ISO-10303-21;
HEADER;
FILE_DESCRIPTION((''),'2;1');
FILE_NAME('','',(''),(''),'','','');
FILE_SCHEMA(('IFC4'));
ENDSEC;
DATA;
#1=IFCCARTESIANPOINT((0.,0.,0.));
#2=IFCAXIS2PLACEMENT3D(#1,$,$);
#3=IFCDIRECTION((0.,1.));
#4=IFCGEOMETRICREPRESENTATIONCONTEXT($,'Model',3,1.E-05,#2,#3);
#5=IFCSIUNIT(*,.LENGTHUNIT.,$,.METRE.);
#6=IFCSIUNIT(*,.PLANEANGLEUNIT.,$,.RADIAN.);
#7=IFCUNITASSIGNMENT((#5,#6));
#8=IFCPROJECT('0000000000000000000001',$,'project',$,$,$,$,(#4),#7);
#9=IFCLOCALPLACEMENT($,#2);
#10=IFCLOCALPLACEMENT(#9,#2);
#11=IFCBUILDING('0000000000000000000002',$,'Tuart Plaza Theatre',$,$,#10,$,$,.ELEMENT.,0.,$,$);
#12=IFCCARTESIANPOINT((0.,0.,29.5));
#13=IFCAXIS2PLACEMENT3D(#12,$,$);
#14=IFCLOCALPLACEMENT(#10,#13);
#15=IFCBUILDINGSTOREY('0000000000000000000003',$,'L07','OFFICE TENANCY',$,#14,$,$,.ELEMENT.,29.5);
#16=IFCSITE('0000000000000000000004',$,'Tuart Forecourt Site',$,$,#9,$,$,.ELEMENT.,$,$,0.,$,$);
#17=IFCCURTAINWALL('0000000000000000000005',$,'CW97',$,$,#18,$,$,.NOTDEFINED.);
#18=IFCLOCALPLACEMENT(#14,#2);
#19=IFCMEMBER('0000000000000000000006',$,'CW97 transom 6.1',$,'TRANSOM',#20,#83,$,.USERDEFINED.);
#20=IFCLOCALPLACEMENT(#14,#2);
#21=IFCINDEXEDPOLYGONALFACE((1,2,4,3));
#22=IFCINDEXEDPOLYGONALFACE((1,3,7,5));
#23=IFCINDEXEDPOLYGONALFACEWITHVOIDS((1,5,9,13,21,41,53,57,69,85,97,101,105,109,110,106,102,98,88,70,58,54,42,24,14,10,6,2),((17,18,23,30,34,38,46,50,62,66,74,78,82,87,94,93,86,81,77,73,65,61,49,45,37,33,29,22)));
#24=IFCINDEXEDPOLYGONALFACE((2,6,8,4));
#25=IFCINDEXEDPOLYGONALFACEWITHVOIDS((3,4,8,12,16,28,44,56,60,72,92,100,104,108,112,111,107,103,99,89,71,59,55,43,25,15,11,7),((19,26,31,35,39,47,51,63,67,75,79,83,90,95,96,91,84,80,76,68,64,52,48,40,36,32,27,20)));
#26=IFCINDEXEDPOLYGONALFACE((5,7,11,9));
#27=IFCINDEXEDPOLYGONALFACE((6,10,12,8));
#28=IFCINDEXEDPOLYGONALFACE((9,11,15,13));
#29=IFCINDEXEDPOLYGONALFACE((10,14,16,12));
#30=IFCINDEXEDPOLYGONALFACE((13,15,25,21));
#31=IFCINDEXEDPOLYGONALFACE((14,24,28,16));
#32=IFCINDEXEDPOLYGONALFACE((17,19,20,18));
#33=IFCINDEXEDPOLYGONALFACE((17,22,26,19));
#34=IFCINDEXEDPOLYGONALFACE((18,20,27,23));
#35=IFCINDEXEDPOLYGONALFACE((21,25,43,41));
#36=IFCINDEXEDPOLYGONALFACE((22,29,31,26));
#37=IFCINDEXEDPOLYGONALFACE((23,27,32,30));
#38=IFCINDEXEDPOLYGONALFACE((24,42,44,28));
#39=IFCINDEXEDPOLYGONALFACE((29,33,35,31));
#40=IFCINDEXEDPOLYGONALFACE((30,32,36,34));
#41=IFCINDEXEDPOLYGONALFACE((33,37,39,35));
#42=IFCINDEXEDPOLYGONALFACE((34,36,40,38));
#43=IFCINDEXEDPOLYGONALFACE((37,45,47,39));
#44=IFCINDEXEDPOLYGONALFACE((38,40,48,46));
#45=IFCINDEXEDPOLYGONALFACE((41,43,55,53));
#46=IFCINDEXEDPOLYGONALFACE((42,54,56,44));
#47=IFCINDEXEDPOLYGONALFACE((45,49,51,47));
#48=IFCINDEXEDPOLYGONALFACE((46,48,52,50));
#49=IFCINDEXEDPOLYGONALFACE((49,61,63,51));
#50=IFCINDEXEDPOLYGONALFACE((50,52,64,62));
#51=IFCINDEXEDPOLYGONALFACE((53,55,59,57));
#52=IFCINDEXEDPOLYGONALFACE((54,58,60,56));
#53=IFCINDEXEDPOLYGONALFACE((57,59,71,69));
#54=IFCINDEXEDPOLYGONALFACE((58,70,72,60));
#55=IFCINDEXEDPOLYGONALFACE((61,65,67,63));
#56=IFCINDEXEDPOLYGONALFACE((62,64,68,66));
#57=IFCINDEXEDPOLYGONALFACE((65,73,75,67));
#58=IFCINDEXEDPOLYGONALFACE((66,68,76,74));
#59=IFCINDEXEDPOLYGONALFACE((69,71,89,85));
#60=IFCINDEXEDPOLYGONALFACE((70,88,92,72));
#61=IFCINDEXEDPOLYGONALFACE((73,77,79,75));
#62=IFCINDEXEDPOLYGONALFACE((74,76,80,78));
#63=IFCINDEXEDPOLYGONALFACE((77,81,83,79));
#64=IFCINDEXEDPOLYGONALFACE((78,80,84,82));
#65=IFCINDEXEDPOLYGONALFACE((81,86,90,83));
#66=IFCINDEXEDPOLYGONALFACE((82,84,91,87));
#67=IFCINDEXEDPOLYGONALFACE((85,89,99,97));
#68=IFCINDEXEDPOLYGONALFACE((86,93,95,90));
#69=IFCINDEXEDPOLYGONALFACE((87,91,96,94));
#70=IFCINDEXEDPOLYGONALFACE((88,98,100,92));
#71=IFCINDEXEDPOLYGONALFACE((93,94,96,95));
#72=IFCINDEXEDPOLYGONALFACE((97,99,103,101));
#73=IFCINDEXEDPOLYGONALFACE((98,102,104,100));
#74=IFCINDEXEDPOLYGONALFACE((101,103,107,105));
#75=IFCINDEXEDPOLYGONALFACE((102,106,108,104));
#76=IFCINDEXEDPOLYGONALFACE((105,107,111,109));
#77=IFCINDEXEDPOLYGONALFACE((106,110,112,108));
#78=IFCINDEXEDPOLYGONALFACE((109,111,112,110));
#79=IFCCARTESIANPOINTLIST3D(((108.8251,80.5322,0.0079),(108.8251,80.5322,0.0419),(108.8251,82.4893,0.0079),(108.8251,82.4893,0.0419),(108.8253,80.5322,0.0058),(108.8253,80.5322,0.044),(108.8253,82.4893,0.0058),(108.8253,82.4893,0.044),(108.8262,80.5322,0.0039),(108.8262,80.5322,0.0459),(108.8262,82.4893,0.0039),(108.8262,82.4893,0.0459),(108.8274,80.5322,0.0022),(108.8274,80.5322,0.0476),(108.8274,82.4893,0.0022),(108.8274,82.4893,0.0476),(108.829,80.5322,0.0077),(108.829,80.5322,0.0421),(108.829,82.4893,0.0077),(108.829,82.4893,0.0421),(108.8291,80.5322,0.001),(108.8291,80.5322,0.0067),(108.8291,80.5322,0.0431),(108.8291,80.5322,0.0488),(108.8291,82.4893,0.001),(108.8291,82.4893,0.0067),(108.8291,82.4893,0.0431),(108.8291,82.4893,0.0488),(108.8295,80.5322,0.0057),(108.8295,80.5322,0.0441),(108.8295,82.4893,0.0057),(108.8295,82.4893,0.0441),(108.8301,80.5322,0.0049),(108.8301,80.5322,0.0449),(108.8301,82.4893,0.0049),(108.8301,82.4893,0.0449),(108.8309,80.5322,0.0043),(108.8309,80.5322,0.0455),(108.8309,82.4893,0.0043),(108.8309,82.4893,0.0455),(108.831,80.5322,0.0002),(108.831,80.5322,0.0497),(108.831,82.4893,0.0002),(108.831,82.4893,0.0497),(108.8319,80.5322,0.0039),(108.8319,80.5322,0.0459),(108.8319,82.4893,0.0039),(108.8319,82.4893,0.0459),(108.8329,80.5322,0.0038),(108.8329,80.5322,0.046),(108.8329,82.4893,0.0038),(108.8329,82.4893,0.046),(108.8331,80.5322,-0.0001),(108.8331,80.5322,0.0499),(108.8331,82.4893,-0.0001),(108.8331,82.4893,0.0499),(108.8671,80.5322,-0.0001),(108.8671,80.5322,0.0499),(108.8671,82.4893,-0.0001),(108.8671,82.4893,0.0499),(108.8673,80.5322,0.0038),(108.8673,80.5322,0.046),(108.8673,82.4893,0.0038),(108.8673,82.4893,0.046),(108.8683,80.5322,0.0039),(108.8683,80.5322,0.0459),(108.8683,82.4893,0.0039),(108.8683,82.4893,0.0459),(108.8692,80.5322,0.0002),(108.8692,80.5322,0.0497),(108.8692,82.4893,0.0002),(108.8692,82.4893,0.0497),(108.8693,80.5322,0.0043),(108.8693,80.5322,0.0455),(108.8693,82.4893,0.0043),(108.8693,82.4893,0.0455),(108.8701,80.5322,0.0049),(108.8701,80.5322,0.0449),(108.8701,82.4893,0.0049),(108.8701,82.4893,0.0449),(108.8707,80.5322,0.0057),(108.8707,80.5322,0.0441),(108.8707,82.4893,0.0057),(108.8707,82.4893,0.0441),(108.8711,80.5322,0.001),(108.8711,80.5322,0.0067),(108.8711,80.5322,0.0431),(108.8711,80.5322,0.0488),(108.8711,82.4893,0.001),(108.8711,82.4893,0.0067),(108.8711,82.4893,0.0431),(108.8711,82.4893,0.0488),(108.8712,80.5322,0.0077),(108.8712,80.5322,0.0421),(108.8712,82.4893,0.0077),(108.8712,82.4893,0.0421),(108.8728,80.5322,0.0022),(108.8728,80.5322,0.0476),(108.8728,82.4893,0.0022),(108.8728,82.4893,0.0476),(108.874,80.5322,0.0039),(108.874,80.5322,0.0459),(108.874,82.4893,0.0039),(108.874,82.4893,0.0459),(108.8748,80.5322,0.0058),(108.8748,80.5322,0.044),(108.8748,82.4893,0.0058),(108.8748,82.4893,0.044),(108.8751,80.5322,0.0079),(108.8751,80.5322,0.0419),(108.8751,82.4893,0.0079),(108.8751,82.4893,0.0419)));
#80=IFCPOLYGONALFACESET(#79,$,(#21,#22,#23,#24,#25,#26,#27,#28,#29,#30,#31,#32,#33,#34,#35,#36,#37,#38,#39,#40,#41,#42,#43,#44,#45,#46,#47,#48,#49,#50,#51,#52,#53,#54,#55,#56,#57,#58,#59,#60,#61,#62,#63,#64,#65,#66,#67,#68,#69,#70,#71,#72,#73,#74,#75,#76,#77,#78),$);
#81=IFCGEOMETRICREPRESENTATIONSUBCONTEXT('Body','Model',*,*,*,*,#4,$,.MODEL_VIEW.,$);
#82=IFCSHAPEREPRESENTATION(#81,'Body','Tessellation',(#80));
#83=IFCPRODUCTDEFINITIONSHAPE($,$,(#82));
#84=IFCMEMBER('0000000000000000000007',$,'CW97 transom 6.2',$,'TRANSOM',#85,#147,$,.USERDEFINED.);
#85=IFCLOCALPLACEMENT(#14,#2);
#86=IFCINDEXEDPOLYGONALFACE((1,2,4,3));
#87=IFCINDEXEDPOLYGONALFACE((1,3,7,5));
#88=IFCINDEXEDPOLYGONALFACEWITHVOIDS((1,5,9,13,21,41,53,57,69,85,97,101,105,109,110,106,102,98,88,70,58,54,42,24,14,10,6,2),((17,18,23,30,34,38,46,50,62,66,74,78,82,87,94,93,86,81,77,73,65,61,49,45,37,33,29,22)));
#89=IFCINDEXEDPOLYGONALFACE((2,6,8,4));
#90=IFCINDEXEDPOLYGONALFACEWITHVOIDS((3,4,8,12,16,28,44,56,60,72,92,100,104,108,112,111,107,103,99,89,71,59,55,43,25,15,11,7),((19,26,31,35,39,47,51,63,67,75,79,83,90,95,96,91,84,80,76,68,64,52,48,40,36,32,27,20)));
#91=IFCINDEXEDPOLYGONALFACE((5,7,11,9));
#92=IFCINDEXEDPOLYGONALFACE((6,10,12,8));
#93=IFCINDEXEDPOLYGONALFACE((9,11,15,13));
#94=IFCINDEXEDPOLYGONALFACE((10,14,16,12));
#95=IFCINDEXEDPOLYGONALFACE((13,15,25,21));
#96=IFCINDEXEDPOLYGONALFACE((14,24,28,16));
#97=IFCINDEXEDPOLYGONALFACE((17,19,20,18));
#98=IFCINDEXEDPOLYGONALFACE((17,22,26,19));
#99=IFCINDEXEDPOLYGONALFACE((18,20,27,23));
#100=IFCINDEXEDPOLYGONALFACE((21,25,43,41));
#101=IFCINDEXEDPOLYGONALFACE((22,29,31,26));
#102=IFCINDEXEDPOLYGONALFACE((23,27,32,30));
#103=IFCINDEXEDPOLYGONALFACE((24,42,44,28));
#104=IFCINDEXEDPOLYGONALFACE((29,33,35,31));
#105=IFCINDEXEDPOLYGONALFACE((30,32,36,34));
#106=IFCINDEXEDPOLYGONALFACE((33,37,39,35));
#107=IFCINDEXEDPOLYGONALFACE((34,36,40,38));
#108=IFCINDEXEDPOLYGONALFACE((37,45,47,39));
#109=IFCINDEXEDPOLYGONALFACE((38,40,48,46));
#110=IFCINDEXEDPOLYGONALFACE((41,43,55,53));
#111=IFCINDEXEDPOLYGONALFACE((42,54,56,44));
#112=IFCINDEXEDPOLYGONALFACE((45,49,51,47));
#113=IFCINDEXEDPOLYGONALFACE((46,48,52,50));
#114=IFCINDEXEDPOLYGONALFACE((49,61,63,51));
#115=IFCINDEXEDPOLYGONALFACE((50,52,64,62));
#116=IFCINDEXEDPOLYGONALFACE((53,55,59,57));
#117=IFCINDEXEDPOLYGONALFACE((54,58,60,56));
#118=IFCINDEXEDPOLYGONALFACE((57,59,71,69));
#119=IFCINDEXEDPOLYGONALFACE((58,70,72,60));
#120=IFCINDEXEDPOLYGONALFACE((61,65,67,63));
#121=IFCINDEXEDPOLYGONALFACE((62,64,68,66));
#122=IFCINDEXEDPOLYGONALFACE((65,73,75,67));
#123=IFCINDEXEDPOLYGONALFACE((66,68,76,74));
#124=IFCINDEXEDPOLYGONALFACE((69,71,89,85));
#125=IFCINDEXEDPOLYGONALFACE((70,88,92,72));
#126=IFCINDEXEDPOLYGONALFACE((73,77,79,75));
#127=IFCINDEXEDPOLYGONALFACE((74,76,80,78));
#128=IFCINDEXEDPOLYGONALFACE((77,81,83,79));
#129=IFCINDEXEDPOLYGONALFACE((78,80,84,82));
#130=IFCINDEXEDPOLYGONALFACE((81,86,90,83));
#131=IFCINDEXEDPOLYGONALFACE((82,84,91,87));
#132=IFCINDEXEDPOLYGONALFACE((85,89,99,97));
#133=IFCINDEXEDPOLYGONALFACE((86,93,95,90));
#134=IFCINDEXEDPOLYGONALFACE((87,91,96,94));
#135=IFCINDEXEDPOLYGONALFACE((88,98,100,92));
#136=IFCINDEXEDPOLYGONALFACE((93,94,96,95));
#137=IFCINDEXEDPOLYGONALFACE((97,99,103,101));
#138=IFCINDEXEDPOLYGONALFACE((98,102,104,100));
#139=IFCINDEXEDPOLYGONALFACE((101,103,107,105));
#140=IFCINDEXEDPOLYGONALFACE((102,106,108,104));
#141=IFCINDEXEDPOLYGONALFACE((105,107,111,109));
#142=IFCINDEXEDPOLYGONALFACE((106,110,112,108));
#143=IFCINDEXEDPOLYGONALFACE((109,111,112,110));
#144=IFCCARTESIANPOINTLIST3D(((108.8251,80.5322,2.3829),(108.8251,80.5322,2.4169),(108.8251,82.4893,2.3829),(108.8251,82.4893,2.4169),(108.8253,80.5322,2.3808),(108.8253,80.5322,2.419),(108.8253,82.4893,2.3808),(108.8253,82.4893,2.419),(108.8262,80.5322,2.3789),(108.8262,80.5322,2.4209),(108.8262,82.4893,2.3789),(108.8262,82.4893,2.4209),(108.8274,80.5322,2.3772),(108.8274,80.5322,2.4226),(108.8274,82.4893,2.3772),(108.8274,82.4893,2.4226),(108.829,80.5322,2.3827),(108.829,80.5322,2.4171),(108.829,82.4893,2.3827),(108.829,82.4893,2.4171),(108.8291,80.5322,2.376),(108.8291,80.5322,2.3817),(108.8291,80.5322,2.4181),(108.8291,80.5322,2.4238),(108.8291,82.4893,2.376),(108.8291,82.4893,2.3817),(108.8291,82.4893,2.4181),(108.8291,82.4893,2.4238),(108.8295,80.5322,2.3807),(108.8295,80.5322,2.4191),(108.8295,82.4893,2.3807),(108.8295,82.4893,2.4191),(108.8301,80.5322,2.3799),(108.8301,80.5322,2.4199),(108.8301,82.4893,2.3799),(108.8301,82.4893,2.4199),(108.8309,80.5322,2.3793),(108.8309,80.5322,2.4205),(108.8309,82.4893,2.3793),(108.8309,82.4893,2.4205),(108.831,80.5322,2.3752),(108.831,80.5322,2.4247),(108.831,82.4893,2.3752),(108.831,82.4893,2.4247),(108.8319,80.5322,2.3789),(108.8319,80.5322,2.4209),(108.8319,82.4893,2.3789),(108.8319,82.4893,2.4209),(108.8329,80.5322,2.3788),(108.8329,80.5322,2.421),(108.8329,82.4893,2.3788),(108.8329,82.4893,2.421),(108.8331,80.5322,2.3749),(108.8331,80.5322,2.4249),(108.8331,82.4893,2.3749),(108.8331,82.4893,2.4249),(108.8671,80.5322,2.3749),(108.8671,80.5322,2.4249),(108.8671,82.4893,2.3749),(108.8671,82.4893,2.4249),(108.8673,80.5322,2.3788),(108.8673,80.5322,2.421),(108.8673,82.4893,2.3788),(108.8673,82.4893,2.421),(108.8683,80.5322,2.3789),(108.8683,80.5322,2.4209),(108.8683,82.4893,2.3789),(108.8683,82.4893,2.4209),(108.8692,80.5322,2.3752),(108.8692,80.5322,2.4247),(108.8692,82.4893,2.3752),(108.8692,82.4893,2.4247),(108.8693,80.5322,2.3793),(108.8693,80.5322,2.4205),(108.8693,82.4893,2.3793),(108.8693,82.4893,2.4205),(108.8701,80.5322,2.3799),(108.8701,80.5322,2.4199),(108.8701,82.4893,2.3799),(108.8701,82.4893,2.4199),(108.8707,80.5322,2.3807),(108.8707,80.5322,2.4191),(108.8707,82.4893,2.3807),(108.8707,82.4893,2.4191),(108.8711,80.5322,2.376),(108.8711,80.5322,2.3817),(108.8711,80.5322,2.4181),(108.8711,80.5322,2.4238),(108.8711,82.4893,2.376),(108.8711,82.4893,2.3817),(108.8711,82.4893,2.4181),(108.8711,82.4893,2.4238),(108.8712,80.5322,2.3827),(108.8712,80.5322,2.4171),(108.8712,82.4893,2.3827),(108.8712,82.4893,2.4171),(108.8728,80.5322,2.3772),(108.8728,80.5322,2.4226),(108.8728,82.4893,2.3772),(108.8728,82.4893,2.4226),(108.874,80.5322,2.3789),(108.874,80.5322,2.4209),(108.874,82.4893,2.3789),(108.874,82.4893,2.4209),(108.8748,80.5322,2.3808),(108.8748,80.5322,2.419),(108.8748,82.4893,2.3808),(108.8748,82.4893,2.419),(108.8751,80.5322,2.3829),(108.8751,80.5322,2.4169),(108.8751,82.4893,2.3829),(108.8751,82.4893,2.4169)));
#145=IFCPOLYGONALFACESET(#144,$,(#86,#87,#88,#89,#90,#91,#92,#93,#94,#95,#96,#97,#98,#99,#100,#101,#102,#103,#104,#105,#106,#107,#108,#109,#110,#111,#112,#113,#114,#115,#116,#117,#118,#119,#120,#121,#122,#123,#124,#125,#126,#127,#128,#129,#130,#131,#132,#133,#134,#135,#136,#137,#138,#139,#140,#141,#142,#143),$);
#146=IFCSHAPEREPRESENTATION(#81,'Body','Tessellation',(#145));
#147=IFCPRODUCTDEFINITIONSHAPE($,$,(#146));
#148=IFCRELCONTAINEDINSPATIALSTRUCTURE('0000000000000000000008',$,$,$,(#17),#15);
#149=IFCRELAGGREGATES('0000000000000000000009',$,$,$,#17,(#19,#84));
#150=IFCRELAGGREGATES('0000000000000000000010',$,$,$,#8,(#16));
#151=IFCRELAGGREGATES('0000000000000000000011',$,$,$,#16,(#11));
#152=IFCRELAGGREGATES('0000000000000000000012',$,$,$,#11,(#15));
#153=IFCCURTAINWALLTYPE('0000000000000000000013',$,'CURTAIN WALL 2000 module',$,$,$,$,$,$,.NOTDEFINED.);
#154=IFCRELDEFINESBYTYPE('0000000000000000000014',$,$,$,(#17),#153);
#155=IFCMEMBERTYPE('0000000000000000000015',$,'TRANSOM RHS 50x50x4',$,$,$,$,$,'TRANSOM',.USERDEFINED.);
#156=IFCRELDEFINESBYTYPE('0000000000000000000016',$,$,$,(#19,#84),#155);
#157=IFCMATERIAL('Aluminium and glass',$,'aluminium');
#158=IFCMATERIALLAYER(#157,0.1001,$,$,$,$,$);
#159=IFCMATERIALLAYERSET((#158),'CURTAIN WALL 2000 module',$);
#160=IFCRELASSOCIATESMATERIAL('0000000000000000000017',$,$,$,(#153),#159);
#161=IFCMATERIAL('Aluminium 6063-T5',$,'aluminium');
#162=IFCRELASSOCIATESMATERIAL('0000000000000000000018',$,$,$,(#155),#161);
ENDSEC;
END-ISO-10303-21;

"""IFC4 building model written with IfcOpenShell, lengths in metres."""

from ifc_helpers import new_model, si_unit, direction, frame, origin, origin_2d, place, context, subcontext, project, spatial, hollow_rectangle, extrude, material, layer, layer_set, material_profile, profile_set, type_object, element, aggregate, save


model = new_model("IFC4")

# Units and contexts
model_context = context("Model", 3, precision=1e-05, world=origin(), true_north=direction((0.0, 1.0)))
body_context = subcontext(model_context, "Body", "Model", "MODEL_VIEW")
ifc_project = project(units=[si_unit("LENGTHUNIT", "METRE"), si_unit("PLANEANGLEUNIT", "RADIAN")], contexts=[model_context])

# Site, building, storey
site_placement = place(None, origin())
site = spatial("IfcSite", under=ifc_project, at=site_placement, Name="Tuart Forecourt Site", CompositionType="ELEMENT", RefElevation=0.0)
building_placement = place(site_placement, origin())
building = spatial("IfcBuilding", under=site, at=building_placement, Name="Tuart Plaza Theatre", CompositionType="ELEMENT", ElevationOfRefHeight=0.0)
storey_placement = place(building_placement, frame((0.0, 0.0, 29.5)))
storey = spatial("IfcBuildingStorey", under=building, at=storey_placement, Name="L07", Description="OFFICE TENANCY", CompositionType="ELEMENT", Elevation=29.5)

# Curtain wall, members
ifc_material_1 = material(Name="Aluminium and glass", Category="aluminium")
ifc_layer_1 = layer(ifc_material_1, 0.1001)
ifc_layer_set_1 = layer_set([ifc_layer_1], Name="CURTAIN WALL 2000 module")
curtain_wall_type = type_object("IfcCurtainWallType", Name="CURTAIN WALL 2000 module", PredefinedType="NOTDEFINED", material=ifc_layer_set_1)
curtain_wall_placement = place(storey_placement, origin())
curtain_wall = element("IfcCurtainWall", 1, at=curtain_wall_placement, inside=storey, type_object=curtain_wall_type, Name="CW97", PredefinedType="NOTDEFINED")
ifc_material_2 = material(Name="Aluminium 6063-T5", Category="aluminium")
ifc_material_profile_1 = material_profile(ifc_material_2, hollow_rectangle(XDim=0.05, YDim=0.05, WallThickness=0.0039, InnerFilletRadius=0.0039, OuterFilletRadius=0.0081, at=origin_2d()), Name="RHS 50x50x4")
ifc_profile_set_1 = profile_set([ifc_material_profile_1], Name="Aluminium 6063-T5")
member_type = type_object("IfcMemberType", Name="TRANSOM RHS 50x50x4", ElementType="TRANSOM", PredefinedType="USERDEFINED", material=ifc_profile_set_1)
member_1_placement = place(storey_placement, frame((108.8501, 82.4893, 0.0249), z_axis=(0.0, -1.0, 0.0), x_axis=(1.0, 0.0, 0.0)))
member_1 = element("IfcMember", 2, at=member_1_placement, type_object=member_type, Name="CW97 transom 6.1", ObjectType="TRANSOM", PredefinedType="USERDEFINED", context=body_context, shape_type="SweptSolid", body=[
    extrude(hollow_rectangle(XDim=0.05, YDim=0.05, WallThickness=0.0039, InnerFilletRadius=0.0039, OuterFilletRadius=0.0081, at=origin_2d()), origin(), (0.0, 0.0, 1.0), 1.957),
])
member_2_placement = place(storey_placement, frame((108.8501, 82.4893, 2.3999), z_axis=(0.0, -1.0, 0.0), x_axis=(1.0, 0.0, 0.0)))
member_2 = element("IfcMember", 3, at=member_2_placement, type_object=member_type, Name="CW97 transom 6.2", ObjectType="TRANSOM", PredefinedType="USERDEFINED", context=body_context, shape_type="SweptSolid", body=[
    extrude(hollow_rectangle(XDim=0.05, YDim=0.05, WallThickness=0.0039, InnerFilletRadius=0.0039, OuterFilletRadius=0.0081, at=origin_2d()), origin(), (0.0, 0.0, 1.0), 1.957),
])
aggregate(curtain_wall, [member_1, member_2])

save(model, "model.ifc")
